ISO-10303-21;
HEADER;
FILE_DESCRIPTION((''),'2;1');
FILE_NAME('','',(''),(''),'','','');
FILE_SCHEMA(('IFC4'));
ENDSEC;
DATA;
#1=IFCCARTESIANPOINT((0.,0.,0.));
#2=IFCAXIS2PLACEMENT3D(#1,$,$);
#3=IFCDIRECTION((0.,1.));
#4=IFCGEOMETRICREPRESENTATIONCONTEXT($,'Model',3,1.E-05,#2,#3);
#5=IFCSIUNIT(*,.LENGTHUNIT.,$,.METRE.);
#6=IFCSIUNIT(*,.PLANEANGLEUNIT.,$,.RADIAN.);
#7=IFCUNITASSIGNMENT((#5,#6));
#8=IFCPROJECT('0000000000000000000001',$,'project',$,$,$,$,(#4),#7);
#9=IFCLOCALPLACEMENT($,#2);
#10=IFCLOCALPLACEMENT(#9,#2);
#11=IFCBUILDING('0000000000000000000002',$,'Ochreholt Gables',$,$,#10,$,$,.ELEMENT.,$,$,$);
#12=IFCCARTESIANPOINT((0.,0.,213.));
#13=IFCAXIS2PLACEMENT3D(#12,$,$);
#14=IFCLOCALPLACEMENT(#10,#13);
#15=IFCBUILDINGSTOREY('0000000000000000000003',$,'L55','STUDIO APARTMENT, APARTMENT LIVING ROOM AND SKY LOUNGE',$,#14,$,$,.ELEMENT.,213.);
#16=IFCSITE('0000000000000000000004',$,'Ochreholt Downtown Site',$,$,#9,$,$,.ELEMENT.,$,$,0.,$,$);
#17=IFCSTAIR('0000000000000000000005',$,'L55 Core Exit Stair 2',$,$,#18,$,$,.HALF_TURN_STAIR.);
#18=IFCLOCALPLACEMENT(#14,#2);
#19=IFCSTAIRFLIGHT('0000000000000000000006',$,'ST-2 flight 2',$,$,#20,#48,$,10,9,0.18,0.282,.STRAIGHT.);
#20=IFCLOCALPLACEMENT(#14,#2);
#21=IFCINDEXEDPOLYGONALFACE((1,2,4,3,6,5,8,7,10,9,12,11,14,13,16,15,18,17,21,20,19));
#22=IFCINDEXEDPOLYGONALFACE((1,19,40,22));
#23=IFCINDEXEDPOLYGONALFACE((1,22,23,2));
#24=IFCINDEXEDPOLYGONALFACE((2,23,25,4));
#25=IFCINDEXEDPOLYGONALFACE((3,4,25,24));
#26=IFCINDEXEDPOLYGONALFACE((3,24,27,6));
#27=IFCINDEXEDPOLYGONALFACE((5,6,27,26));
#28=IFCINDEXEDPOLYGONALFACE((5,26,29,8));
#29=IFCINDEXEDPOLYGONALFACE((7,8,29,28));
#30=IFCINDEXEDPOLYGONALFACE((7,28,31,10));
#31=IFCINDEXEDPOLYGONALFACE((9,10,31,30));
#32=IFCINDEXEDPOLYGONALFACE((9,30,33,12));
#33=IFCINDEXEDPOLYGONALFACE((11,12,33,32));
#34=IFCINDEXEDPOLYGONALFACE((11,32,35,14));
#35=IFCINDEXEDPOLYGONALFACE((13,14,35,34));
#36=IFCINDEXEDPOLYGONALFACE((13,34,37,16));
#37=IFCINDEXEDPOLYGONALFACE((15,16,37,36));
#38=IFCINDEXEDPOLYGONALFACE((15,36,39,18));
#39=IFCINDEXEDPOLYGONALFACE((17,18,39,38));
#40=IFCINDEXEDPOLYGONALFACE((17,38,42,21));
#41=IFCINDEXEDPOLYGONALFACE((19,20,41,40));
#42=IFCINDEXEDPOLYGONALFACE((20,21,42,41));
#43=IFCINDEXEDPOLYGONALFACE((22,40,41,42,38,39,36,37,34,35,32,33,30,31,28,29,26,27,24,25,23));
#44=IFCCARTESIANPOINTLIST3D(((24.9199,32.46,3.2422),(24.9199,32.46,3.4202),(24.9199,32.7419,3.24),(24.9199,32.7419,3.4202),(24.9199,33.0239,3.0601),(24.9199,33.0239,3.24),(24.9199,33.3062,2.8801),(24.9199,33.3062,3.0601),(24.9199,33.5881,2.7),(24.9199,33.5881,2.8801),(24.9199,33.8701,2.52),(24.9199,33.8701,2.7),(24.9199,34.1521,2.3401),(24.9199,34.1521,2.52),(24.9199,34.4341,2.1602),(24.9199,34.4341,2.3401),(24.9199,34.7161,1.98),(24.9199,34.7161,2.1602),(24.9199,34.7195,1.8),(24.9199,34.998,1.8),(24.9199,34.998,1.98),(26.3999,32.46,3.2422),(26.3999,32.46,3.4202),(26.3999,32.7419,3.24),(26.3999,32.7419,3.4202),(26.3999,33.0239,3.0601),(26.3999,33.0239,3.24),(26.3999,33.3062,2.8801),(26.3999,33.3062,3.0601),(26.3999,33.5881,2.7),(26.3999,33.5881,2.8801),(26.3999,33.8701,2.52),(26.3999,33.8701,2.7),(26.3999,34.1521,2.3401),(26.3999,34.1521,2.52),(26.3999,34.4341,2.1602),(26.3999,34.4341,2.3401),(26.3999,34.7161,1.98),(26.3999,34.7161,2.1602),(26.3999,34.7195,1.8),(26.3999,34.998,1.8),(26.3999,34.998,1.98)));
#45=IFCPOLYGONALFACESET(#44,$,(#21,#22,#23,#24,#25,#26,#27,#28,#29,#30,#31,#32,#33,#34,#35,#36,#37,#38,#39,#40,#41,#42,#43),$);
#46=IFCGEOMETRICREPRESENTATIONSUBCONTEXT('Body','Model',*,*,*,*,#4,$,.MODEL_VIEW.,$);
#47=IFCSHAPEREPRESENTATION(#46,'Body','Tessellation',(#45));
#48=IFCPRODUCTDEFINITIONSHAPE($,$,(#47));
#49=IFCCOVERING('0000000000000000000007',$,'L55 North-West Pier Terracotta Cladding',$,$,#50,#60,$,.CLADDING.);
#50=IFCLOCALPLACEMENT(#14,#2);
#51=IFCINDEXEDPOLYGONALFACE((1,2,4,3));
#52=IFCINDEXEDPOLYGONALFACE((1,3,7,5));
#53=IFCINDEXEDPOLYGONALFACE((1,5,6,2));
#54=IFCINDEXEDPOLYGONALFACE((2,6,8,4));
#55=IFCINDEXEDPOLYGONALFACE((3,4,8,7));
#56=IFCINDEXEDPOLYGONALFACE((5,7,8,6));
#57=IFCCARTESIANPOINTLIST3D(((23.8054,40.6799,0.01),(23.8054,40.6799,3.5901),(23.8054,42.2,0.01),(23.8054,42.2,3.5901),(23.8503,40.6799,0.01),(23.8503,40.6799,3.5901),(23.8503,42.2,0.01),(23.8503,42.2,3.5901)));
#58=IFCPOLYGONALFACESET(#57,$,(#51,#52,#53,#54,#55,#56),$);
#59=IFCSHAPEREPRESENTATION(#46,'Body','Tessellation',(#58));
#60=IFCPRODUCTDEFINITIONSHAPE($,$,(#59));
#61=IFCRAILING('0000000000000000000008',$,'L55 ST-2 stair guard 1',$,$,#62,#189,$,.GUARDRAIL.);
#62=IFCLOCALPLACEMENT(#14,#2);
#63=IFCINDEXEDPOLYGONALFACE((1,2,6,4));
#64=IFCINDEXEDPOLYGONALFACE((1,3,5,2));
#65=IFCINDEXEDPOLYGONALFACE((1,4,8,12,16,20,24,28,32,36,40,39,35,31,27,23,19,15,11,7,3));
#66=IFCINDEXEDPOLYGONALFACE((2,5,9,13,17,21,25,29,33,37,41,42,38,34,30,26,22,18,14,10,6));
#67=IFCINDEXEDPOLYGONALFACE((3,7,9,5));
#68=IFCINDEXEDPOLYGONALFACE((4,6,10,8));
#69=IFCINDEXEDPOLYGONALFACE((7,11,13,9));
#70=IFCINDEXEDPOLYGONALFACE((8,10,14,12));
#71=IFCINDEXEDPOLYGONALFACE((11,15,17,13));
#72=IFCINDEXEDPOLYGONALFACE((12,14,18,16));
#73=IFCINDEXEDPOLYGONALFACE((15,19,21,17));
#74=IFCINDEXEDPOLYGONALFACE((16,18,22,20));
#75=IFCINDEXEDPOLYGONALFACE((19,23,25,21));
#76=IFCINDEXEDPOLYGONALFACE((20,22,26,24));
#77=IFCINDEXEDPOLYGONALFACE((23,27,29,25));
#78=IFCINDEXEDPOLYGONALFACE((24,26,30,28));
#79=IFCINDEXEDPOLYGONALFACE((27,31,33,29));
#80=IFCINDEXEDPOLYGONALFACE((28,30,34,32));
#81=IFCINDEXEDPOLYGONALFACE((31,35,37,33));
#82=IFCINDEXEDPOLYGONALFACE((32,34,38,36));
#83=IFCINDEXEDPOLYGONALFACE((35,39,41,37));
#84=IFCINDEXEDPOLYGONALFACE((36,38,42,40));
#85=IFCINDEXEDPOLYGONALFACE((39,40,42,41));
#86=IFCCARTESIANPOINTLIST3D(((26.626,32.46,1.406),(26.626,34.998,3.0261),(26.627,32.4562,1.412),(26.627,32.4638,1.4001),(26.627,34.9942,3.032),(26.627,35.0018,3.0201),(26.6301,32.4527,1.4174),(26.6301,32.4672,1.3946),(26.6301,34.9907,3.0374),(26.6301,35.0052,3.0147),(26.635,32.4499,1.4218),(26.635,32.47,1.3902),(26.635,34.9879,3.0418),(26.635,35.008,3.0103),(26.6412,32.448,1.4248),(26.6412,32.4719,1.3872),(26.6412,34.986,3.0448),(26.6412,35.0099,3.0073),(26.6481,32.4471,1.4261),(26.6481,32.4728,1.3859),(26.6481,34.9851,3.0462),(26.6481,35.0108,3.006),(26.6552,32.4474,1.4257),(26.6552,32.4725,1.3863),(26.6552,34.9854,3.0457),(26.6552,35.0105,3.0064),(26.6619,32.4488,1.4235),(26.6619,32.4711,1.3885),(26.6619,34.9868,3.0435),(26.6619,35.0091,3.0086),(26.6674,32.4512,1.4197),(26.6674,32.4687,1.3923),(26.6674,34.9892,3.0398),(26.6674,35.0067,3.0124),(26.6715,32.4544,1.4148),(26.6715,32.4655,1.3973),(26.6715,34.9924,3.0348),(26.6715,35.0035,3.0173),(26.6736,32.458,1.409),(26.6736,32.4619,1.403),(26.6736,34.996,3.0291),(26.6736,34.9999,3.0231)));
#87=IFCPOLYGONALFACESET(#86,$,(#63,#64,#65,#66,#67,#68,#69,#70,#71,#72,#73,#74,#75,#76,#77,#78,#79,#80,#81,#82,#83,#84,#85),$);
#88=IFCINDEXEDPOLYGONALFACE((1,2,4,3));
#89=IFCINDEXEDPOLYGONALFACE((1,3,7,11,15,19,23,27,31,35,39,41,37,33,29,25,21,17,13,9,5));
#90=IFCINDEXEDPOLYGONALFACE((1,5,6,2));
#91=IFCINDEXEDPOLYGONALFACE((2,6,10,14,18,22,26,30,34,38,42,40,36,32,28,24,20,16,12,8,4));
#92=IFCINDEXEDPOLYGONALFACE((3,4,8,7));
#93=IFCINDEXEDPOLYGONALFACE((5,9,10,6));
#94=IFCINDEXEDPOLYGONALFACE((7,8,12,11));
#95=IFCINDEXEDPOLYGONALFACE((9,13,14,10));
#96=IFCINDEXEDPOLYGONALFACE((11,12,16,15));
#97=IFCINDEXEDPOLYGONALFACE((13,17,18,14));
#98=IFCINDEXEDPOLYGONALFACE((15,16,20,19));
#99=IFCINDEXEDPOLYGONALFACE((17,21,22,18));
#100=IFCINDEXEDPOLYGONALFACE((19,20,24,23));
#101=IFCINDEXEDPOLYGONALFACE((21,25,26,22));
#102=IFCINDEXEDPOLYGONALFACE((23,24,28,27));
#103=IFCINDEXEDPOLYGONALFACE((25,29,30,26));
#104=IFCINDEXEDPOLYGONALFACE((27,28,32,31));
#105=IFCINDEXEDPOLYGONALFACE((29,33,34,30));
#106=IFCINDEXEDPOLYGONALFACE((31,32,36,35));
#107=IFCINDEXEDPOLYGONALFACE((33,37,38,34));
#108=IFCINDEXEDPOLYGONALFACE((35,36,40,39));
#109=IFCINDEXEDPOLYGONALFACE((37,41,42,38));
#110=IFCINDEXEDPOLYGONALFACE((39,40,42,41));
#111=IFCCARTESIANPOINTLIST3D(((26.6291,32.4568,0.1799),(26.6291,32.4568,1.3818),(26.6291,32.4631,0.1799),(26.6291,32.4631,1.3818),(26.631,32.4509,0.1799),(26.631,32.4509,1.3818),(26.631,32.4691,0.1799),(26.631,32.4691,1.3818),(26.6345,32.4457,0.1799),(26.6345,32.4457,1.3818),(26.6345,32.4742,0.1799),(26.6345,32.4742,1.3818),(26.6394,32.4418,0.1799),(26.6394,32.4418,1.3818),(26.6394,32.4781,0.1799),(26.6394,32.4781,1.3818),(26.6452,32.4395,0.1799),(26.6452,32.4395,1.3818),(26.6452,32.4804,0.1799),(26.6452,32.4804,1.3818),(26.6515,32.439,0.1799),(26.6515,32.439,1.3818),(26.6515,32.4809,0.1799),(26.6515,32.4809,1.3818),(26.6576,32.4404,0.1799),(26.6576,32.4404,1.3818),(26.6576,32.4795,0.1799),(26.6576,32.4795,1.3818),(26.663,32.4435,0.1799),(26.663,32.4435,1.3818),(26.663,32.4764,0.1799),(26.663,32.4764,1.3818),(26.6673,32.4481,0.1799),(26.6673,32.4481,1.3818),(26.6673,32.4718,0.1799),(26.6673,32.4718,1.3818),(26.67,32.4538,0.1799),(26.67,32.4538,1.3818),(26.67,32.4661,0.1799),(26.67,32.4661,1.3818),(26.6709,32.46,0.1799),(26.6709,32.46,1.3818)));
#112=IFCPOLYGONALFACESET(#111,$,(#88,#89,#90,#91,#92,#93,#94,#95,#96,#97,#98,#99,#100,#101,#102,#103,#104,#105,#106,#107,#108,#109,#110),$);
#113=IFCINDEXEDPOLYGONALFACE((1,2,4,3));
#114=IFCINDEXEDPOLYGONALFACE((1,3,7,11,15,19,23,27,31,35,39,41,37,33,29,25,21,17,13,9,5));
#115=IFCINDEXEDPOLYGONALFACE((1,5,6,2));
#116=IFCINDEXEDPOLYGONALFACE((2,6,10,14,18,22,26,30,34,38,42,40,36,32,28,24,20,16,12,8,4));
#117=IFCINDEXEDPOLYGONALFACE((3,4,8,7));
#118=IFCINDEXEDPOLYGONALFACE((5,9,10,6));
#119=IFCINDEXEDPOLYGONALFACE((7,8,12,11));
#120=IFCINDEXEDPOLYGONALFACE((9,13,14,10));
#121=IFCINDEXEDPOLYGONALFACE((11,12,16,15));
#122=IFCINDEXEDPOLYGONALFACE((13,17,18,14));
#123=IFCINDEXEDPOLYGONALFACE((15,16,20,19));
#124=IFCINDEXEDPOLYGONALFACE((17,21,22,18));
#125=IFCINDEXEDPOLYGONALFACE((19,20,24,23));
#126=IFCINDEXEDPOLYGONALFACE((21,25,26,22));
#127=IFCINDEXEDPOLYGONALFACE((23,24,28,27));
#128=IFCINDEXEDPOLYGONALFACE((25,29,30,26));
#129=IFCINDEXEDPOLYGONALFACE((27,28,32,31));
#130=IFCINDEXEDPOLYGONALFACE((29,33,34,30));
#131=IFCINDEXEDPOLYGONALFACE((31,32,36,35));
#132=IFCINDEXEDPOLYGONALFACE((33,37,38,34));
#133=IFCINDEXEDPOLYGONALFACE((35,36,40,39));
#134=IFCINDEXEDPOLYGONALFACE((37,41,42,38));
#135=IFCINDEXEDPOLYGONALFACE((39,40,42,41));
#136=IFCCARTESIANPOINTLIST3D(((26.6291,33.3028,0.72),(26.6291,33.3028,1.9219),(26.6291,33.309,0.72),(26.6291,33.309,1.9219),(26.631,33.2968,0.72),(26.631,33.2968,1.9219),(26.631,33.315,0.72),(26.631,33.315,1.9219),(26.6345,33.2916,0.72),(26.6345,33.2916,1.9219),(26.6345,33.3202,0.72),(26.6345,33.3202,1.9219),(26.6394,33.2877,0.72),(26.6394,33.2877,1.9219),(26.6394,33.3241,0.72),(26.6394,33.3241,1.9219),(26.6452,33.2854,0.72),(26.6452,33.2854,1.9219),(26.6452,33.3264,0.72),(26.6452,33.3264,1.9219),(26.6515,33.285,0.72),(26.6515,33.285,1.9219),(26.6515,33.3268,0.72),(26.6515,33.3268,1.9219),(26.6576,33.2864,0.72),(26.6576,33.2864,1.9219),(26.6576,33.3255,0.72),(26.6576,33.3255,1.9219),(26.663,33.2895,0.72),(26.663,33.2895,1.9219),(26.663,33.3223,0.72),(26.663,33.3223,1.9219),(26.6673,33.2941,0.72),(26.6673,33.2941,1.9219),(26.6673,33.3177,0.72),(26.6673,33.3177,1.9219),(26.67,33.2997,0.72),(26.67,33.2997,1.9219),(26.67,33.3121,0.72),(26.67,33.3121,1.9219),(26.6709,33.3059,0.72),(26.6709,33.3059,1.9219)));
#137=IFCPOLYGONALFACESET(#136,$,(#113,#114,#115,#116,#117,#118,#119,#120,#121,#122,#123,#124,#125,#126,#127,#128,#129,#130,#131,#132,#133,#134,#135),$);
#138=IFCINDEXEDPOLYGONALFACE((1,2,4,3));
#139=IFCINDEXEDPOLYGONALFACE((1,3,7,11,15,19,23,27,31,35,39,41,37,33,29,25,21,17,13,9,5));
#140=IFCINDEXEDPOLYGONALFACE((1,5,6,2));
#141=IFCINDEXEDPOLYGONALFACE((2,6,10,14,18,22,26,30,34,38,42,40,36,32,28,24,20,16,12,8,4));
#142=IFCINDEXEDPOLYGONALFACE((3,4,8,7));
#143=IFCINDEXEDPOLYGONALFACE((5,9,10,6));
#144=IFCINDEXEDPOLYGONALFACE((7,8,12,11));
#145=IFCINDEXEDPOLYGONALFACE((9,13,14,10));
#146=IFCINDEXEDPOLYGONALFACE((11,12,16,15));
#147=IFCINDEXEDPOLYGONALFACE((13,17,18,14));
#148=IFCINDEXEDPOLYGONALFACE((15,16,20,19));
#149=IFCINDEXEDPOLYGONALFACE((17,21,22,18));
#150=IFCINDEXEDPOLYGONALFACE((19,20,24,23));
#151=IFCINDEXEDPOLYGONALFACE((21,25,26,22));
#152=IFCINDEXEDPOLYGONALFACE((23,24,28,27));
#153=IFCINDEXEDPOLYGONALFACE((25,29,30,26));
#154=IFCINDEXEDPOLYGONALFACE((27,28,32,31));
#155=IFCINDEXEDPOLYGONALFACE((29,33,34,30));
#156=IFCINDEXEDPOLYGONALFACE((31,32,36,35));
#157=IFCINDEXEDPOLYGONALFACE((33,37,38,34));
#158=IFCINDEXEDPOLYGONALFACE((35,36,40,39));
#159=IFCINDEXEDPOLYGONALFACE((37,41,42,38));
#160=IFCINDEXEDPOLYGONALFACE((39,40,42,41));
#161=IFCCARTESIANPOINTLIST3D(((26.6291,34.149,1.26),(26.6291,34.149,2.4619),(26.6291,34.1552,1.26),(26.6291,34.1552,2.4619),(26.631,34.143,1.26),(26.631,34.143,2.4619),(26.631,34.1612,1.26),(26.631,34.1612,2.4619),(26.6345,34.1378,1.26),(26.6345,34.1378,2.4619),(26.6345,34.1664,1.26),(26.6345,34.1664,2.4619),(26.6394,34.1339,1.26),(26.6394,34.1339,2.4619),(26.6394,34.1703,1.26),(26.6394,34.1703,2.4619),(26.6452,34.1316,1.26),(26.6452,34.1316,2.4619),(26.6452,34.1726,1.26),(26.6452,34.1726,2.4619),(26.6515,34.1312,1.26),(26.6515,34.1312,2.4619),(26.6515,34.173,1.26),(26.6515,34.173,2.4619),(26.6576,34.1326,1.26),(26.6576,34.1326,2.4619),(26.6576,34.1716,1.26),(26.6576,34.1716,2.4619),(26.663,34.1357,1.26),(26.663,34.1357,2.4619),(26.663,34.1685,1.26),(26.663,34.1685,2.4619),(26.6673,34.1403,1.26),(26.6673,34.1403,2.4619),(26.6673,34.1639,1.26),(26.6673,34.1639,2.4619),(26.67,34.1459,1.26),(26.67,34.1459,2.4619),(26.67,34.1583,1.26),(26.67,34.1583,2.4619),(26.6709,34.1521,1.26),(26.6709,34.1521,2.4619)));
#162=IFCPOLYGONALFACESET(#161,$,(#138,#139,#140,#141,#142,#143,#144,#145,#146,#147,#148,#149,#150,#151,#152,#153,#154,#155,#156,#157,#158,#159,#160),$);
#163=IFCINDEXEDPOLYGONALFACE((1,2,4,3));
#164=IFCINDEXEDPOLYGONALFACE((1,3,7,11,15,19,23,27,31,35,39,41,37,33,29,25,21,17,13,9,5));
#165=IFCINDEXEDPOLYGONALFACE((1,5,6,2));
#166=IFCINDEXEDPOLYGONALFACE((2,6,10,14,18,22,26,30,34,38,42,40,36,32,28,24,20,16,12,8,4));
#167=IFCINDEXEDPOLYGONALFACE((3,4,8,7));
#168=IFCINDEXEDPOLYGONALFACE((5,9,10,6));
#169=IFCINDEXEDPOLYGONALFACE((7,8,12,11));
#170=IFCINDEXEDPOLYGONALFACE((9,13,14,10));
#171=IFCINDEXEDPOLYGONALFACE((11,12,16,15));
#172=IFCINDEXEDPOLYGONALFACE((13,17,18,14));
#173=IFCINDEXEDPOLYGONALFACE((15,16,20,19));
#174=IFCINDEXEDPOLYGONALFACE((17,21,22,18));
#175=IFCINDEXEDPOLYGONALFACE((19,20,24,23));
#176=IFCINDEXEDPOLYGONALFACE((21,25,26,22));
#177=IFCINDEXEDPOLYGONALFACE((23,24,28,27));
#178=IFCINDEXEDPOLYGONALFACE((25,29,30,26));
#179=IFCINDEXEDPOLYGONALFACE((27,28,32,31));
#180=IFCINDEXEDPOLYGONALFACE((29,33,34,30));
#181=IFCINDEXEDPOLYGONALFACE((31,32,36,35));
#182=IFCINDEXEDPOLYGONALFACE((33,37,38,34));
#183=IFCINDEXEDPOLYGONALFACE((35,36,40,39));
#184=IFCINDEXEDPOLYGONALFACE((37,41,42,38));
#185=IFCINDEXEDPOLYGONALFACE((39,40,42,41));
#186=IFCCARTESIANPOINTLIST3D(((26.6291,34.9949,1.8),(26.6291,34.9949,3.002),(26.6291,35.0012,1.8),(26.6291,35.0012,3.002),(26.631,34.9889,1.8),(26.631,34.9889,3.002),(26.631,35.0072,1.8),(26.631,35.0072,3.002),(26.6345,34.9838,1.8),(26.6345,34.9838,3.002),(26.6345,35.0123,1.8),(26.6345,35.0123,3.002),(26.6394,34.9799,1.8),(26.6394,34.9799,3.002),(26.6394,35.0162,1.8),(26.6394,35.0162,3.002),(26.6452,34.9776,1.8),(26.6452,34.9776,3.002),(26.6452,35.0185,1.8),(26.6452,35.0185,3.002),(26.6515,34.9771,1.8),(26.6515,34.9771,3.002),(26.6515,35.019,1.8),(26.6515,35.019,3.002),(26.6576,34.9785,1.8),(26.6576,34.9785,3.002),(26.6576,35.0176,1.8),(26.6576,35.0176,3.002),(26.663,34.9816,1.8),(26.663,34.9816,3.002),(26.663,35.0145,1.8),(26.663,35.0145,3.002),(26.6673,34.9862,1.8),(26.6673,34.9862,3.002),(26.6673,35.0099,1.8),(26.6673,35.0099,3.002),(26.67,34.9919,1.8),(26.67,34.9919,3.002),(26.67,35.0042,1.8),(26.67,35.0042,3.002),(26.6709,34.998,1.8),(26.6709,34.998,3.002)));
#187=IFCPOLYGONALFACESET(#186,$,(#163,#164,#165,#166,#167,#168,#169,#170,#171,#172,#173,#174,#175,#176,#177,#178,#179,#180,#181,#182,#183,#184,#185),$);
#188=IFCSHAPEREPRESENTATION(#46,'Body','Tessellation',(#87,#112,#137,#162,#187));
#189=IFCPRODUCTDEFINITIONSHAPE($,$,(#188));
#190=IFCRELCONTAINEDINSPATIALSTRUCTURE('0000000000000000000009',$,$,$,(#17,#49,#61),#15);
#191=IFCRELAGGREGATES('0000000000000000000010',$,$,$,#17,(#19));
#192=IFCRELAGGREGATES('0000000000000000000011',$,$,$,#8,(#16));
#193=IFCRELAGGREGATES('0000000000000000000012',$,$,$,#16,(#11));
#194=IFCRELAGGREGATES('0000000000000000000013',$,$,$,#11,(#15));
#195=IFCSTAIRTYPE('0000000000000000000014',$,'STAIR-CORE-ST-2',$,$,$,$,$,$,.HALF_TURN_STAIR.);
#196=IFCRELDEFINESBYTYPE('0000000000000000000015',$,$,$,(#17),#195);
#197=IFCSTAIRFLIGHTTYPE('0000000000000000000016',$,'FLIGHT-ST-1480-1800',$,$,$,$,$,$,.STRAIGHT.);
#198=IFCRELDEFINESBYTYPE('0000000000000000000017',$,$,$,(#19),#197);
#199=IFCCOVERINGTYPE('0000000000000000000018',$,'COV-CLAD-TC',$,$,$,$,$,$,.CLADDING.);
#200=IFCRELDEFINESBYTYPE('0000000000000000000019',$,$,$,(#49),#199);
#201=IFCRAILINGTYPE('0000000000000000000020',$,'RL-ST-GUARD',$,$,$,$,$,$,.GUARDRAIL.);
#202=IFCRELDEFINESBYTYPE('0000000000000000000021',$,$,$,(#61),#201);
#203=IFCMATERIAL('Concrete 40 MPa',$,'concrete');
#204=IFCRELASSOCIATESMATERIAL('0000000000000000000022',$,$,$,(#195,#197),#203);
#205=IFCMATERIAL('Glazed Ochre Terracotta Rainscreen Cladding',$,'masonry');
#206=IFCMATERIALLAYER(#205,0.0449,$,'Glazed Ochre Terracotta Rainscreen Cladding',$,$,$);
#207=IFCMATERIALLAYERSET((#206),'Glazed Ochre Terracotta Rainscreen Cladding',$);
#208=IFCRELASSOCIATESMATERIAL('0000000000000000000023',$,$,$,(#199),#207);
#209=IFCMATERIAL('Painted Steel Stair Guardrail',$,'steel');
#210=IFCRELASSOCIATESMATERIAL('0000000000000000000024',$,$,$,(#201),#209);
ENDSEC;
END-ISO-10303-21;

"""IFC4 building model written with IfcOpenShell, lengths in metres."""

from ifc_helpers import new_model, si_unit, direction, frame, origin, origin_2d, place, context, subcontext, project, spatial, polyline, rectangle, circle, outline, extrude, material, layer, layer_set, type_object, element, aggregate, save


model = new_model("IFC4")

# Units and contexts
model_context = context("Model", 3, precision=1e-05, world=origin(), true_north=direction((0.0, 1.0)))
body_context = subcontext(model_context, "Body", "Model", "MODEL_VIEW")
ifc_project = project(units=[si_unit("LENGTHUNIT", "METRE"), si_unit("PLANEANGLEUNIT", "RADIAN")], contexts=[model_context])

# Site, building, storey
site_placement = place(None, origin())
site = spatial("IfcSite", under=ifc_project, at=site_placement, Name="Ochreholt Downtown Site", CompositionType="ELEMENT", RefElevation=0.0)
building_placement = place(site_placement, origin())
building = spatial("IfcBuilding", under=site, at=building_placement, Name="Ochreholt Gables", CompositionType="ELEMENT")
storey_placement = place(building_placement, frame((0.0, 0.0, 213.0)))
storey = spatial("IfcBuildingStorey", under=building, at=storey_placement, Name="L55", Description="STUDIO APARTMENT, APARTMENT LIVING ROOM AND SKY LOUNGE", CompositionType="ELEMENT", Elevation=213.0)

# Stair, stair flight
ifc_material_1 = material(Name="Concrete 40 MPa", Category="concrete")
stair_type = type_object("IfcStairType", Name="STAIR-CORE-ST-2", PredefinedType="HALF_TURN_STAIR", material=ifc_material_1)
stair_placement = place(storey_placement, origin())
stair = element("IfcStair", 1, at=stair_placement, inside=storey, type_object=stair_type, Name="L55 Core Exit Stair 2", PredefinedType="HALF_TURN_STAIR")
stair_flight_type = type_object("IfcStairFlightType", Name="FLIGHT-ST-1480-1800", PredefinedType="STRAIGHT", material=ifc_material_1)
stair_flight_1_placement = place(storey_placement, frame((25.6599, 34.998, 1.8), z_axis=(0.0, 0.0, 1.0), x_axis=(0.0, -1.0, 0.0)))
stair_flight_1 = element("IfcStairFlight", 2, at=stair_flight_1_placement, type_object=stair_flight_type, Name="ST-2 flight 2", NumberOfRisers=10, NumberOfTreads=9, PredefinedType="STRAIGHT", RiserHeight=0.18, TreadLength=0.282, context=body_context, shape_type="SweptSolid", body=[
    extrude(outline(polyline([(0.0, 0.0), (0.0, 0.1799), (0.282, 0.1799), (0.282, 0.3601), (0.564, 0.3601), (0.564, 0.54), (0.8459, 0.54), (0.8459, 0.72), (1.1279, 0.72), (1.1279, 0.8999), (1.4099, 0.8999), (1.4099, 1.0801), (1.6919, 1.0801), (1.6919, 1.26), (1.9741, 1.26), (1.9741, 1.4399), (2.2561, 1.4399), (2.2561, 1.6201), (2.5381, 1.6201), (2.5381, 1.8), (2.5381, 1.4421), (0.2786, 0.0), (0.0, 0.0)])), frame((0.0, 0.74, 0.0), z_axis=(0.0, -1.0, 0.0), x_axis=(1.0, 0.0, 0.0)), (0.0, 0.0, 1.0), 1.48),
])
aggregate(stair, [stair_flight_1])

# Covering
ifc_material_2 = material(Name="Glazed Ochre Terracotta Rainscreen Cladding", Category="masonry")
ifc_layer_1 = layer(ifc_material_2, 0.0449, Name="Glazed Ochre Terracotta Rainscreen Cladding")
ifc_layer_set_1 = layer_set([ifc_layer_1], Name="Glazed Ochre Terracotta Rainscreen Cladding")
covering_type = type_object("IfcCoveringType", Name="COV-CLAD-TC", PredefinedType="CLADDING", material=ifc_layer_set_1)
covering_placement = place(storey_placement, frame((23.8279, 41.4399, 0.01), z_axis=(0.0, 0.0, 1.0), x_axis=(0.0, 1.0, 0.0)))
element("IfcCovering", 3, at=covering_placement, inside=storey, type_object=covering_type, Name="L55 North-West Pier Terracotta Cladding", PredefinedType="CLADDING", context=body_context, shape_type="SweptSolid", body=[
    extrude(rectangle(XDim=1.52, YDim=0.0449, at=origin_2d()), origin(), (0.0, 0.0, 1.0), 3.5801),
])

# Railing
ifc_material_3 = material(Name="Painted Steel Stair Guardrail", Category="steel")
railing_type_1 = type_object("IfcRailingType", Name="RL-ST-GUARD", PredefinedType="GUARDRAIL", material=ifc_material_3)
railing_1_placement = place(storey_placement, frame((26.6499, 32.46, 0.1799)))
element("IfcRailing", 4, at=railing_1_placement, inside=storey, type_object=railing_type_1, Name="L55 ST-2 stair guard 1", PredefinedType="GUARDRAIL", context=body_context, shape_type="SweptSolid", body=[
    extrude(circle(Radius=0.0239, at=origin_2d()), frame((0.0, 0.0, 1.2261), z_axis=(0.0, 0.842913, 0.53805), x_axis=(-1.0, 0.0, 0.0)), (0.0, 0.0, 1.0), 3.011),
    extrude(circle(Radius=0.021, at=origin_2d()), origin(), (0.0, 0.0, 1.0), 1.2019),
    extrude(circle(Radius=0.021, at=origin_2d()), frame((0.0, 0.8459, 0.54)), (0.0, 0.0, 1.0), 1.2019),
    extrude(circle(Radius=0.021, at=origin_2d()), frame((0.0, 1.6921, 1.0801)), (0.0, 0.0, 1.0), 1.2019),
    extrude(circle(Radius=0.021, at=origin_2d()), frame((0.0, 2.5381, 1.6201)), (0.0, 0.0, 1.0), 1.2019),
])

save(model, "model.ifc")
